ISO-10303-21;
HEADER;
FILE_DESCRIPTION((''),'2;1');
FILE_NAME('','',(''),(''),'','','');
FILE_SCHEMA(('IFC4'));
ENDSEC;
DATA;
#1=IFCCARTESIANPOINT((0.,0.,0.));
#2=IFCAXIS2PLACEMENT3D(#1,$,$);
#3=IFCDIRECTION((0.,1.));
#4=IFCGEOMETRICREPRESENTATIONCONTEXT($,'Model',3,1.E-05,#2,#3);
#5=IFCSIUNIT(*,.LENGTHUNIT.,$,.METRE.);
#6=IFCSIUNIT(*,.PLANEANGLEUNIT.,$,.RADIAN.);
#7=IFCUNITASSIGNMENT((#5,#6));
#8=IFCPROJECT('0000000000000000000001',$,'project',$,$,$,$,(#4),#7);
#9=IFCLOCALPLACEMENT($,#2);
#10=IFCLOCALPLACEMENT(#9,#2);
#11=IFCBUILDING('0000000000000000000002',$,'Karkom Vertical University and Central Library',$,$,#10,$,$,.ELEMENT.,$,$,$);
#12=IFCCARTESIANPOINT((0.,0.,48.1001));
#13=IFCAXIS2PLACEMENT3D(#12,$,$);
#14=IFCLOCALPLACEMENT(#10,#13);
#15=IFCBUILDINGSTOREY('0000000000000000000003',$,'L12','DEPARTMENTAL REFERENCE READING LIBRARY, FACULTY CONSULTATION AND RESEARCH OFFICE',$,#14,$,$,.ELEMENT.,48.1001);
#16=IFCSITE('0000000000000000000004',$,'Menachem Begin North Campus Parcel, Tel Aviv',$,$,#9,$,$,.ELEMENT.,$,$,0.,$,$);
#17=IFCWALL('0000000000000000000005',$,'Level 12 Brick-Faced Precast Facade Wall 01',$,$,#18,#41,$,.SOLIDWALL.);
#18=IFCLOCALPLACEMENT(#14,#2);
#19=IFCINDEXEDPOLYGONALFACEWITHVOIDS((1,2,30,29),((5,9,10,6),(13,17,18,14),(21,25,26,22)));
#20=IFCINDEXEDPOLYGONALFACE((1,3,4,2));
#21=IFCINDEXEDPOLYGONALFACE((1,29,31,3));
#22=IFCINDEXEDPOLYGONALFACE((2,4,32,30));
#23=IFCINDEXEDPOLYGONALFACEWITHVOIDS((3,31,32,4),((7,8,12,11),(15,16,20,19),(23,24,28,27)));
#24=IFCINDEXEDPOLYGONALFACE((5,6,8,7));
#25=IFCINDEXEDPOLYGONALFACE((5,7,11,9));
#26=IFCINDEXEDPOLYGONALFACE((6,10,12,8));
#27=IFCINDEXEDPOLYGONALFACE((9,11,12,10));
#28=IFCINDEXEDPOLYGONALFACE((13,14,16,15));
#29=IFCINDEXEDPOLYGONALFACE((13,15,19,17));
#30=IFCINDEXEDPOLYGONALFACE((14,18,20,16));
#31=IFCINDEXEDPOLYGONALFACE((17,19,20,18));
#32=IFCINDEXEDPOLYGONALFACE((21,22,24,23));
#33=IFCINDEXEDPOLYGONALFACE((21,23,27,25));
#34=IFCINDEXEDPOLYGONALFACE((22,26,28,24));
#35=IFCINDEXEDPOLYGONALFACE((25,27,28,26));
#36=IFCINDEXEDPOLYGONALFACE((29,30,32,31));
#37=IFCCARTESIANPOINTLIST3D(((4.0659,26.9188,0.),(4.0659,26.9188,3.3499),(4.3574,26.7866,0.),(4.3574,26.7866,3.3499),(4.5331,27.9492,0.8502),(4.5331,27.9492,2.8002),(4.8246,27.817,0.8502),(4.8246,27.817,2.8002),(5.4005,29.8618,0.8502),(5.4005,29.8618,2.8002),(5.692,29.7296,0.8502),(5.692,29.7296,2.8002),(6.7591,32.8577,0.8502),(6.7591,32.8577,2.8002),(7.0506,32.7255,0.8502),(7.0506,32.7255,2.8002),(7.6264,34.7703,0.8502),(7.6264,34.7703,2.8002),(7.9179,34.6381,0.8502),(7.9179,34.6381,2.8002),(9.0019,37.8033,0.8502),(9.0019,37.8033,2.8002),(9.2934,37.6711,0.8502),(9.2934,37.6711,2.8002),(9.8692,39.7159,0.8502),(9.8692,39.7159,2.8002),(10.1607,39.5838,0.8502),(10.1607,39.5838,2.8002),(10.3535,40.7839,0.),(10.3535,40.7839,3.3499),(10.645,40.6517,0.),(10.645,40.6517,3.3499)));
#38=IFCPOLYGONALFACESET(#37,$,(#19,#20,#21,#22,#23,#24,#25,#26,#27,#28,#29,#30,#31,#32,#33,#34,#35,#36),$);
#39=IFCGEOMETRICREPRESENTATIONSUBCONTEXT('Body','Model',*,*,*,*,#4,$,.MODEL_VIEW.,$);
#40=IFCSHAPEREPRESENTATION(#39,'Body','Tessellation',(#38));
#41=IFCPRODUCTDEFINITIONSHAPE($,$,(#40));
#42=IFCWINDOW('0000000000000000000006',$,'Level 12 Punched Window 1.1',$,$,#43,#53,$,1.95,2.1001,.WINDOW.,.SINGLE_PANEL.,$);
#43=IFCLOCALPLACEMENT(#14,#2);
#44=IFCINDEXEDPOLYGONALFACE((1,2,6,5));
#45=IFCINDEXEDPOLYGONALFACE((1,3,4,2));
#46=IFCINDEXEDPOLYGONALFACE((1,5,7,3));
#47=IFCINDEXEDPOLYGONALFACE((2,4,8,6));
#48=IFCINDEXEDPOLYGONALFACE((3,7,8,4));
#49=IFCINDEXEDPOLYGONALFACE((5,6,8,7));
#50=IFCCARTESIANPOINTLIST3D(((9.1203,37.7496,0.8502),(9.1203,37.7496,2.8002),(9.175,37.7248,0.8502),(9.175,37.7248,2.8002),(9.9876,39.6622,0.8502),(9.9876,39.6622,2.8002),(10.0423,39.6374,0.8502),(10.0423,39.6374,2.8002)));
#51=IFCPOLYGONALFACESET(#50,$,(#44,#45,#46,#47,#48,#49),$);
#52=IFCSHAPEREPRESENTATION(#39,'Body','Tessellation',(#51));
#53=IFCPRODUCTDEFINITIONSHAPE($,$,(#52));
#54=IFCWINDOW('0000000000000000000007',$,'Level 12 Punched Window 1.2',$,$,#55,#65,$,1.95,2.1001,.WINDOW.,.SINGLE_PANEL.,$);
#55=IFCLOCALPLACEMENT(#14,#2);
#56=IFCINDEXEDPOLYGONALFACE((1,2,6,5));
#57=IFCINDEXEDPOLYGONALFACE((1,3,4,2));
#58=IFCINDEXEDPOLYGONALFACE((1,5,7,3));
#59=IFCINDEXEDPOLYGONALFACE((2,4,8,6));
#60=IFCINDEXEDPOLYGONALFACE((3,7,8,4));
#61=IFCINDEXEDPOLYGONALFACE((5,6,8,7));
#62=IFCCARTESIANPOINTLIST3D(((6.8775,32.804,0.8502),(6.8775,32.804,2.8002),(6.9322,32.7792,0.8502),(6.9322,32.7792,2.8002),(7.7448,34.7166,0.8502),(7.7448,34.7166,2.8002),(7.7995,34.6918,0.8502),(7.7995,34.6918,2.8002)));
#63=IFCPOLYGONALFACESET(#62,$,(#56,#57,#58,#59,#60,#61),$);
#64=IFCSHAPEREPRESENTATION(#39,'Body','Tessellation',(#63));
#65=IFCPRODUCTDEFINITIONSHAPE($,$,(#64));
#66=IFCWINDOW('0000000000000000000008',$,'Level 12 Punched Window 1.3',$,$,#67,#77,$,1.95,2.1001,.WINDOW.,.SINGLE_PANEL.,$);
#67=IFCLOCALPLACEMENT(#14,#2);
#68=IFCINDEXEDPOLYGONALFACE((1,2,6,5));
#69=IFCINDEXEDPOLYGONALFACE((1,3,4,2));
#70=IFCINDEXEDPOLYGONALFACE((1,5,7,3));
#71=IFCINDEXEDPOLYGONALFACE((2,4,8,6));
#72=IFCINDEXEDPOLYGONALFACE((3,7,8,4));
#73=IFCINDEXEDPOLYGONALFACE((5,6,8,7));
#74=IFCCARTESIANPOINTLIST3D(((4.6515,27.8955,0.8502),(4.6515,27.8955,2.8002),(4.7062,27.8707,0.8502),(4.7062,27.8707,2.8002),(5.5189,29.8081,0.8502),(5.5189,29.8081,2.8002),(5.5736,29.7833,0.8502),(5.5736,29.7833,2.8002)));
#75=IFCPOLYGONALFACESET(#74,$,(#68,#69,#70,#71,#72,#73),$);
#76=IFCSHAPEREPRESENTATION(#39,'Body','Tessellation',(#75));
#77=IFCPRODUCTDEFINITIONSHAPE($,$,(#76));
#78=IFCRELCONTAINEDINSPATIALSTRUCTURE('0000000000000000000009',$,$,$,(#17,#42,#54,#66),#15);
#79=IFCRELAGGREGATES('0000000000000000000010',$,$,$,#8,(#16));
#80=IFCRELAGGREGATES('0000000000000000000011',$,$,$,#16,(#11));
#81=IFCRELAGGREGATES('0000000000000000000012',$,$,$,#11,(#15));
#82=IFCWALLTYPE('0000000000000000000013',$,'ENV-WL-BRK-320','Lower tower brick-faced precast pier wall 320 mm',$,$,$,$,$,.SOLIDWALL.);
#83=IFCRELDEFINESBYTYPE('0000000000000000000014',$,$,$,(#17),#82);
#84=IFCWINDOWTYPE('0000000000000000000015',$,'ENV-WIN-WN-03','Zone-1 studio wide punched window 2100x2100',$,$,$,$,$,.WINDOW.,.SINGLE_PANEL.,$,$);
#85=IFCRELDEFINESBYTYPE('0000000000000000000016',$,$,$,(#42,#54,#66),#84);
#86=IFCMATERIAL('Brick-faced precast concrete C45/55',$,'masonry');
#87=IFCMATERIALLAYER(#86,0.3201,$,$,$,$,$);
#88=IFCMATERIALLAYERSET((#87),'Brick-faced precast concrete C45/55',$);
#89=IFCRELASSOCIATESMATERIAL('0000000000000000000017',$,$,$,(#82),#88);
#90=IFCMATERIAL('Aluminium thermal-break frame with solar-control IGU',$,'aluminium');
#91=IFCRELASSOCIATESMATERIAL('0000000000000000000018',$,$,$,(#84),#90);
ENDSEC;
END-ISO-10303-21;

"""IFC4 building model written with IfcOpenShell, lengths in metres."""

from ifc_helpers import new_model, si_unit, direction, frame, frame_2d, origin, origin_with_axes, place, context, subcontext, project, spatial, rectangle, extrude, source, transform, mapped, material, layer, layer_set, type_object, element, fill, save


model = new_model("IFC4")

# Units and contexts
model_context = context("Model", 3, precision=1e-05, world=origin(), true_north=direction((0.0, 1.0)))
body_context = subcontext(model_context, "Body", "Model", "MODEL_VIEW")
ifc_project = project(units=[si_unit("LENGTHUNIT", "METRE"), si_unit("PLANEANGLEUNIT", "RADIAN")], contexts=[model_context])

# Site, building, storey
site_placement = place(None, origin())
site = spatial("IfcSite", under=ifc_project, at=site_placement, Name="Menachem Begin North Campus Parcel, Tel Aviv", CompositionType="ELEMENT", RefElevation=0.0)
building_placement = place(site_placement, origin())
building = spatial("IfcBuilding", under=site, at=building_placement, Name="Karkom Vertical University and Central Library", CompositionType="ELEMENT")
storey_placement = place(building_placement, frame((0.0, 0.0, 48.1001)))
storey = spatial("IfcBuildingStorey", under=building, at=storey_placement, Name="L12", Description="DEPARTMENTAL REFERENCE READING LIBRARY, FACULTY CONSULTATION AND RESEARCH OFFICE", CompositionType="ELEMENT", Elevation=48.1001)

# Wall, openings, windows
ifc_material_1 = material(Name="Brick-faced precast concrete C45/55", Category="masonry")
ifc_layer_1 = layer(ifc_material_1, 0.3201)
ifc_layer_set_1 = layer_set([ifc_layer_1], Name="Brick-faced precast concrete C45/55")
wall_type_1 = type_object("IfcWallType", Name="ENV-WL-BRK-320", Description="Lower tower brick-faced precast pier wall 320 mm", PredefinedType="SOLIDWALL", material=ifc_layer_set_1)
wall_1_placement = place(storey_placement, frame((10.4993, 40.7178, 0.0), z_axis=(0.0, 0.0, 1.0), x_axis=(-0.413004, -0.910729, 0.0)))
wall_1 = element("IfcWall", 1, at=wall_1_placement, inside=storey, type_object=wall_type_1, Name="Level 12 Brick-Faced Precast Facade Wall 01", PredefinedType="SOLIDWALL", context=body_context, shape_type="SweptSolid", body=[
    extrude(rectangle(XDim=15.2241, YDim=0.3201, at=frame_2d((7.6121, 0.0))), origin(), (0.0, 0.0, 1.0), 3.3499),
])
opening_1_placement = place(wall_1_placement, frame((1.1726, 0.0, 0.8501)))
opening_1 = element("IfcOpeningElement", 2, at=opening_1_placement, cuts=wall_1, PredefinedType="OPENING", context=body_context, shape_type="SweptSolid", body=[
    extrude(rectangle(XDim=2.1001, YDim=1.95, at=frame_2d((1.05, 0.9751))), frame((0.0, 0.1699, 0.0), z_axis=(0.0, -1.0, 0.0), x_axis=(1.0, 0.0, 0.0)), (0.0, 0.0, 1.0), 0.3401),
])
opening_2_placement = place(wall_1_placement, frame((6.603, 0.0, 0.8501)))
opening_2 = element("IfcOpeningElement", 3, at=opening_2_placement, cuts=wall_1, PredefinedType="OPENING", context=body_context, shape_type="SweptSolid", body=[
    extrude(rectangle(XDim=2.1001, YDim=1.95, at=frame_2d((1.05, 0.9751))), frame((0.0, 0.1699, 0.0), z_axis=(0.0, -1.0, 0.0), x_axis=(1.0, 0.0, 0.0)), (0.0, 0.0, 1.0), 0.3401),
])
opening_3_placement = place(wall_1_placement, frame((11.9927, 0.0, 0.8501)))
opening_3 = element("IfcOpeningElement", 4, at=opening_3_placement, cuts=wall_1, PredefinedType="OPENING", context=body_context, shape_type="SweptSolid", body=[
    extrude(rectangle(XDim=2.1001, YDim=1.95, at=frame_2d((1.05, 0.9751))), frame((0.0, 0.1699, 0.0), z_axis=(0.0, -1.0, 0.0), x_axis=(1.0, 0.0, 0.0)), (0.0, 0.0, 1.0), 0.3401),
])
ifc_material_2 = material(Name="Aluminium thermal-break frame with solar-control IGU", Category="aluminium")
window_type = type_object("IfcWindowType", Name="ENV-WIN-WN-03", Description="Zone-1 studio wide punched window 2100x2100", PartitioningType="SINGLE_PANEL", PredefinedType="WINDOW", material=ifc_material_2)
shared_shape_1 = source(origin_with_axes(), body_context, "Body", "SweptSolid", [
    extrude(rectangle(XDim=2.1001, YDim=1.95, at=frame_2d((1.05, 0.9751))), frame((0.0, 0.03, 0.0), z_axis=(0.0, -1.0, 0.0), x_axis=(1.0, 0.0, 0.0)), (0.0, 0.0, 1.0), 0.0601),
])
window_1_placement = place(opening_1_placement, origin())
window_1 = element("IfcWindow", 5, at=window_1_placement, inside=storey, type_object=window_type, Name="Level 12 Punched Window 1.1", OverallHeight=1.95, OverallWidth=2.1001, PartitioningType="SINGLE_PANEL", PredefinedType="WINDOW", context=body_context, shape_type="MappedRepresentation", body=[
    mapped(shared_shape_1, transform((0.0, 0.0, 0.0), scale=1.0)),
])
fill(opening_1, window_1)
window_2_placement = place(opening_2_placement, origin())
window_2 = element("IfcWindow", 6, at=window_2_placement, inside=storey, type_object=window_type, Name="Level 12 Punched Window 1.2", OverallHeight=1.95, OverallWidth=2.1001, PartitioningType="SINGLE_PANEL", PredefinedType="WINDOW", context=body_context, shape_type="MappedRepresentation", body=[
    mapped(shared_shape_1, transform((0.0, 0.0, 0.0), scale=1.0)),
])
fill(opening_2, window_2)
window_3_placement = place(opening_3_placement, origin())
window_3 = element("IfcWindow", 7, at=window_3_placement, inside=storey, type_object=window_type, Name="Level 12 Punched Window 1.3", OverallHeight=1.95, OverallWidth=2.1001, PartitioningType="SINGLE_PANEL", PredefinedType="WINDOW", context=body_context, shape_type="MappedRepresentation", body=[
    mapped(shared_shape_1, transform((0.0, 0.0, 0.0), scale=1.0)),
])
fill(opening_3, window_3)

save(model, "model.ifc")
